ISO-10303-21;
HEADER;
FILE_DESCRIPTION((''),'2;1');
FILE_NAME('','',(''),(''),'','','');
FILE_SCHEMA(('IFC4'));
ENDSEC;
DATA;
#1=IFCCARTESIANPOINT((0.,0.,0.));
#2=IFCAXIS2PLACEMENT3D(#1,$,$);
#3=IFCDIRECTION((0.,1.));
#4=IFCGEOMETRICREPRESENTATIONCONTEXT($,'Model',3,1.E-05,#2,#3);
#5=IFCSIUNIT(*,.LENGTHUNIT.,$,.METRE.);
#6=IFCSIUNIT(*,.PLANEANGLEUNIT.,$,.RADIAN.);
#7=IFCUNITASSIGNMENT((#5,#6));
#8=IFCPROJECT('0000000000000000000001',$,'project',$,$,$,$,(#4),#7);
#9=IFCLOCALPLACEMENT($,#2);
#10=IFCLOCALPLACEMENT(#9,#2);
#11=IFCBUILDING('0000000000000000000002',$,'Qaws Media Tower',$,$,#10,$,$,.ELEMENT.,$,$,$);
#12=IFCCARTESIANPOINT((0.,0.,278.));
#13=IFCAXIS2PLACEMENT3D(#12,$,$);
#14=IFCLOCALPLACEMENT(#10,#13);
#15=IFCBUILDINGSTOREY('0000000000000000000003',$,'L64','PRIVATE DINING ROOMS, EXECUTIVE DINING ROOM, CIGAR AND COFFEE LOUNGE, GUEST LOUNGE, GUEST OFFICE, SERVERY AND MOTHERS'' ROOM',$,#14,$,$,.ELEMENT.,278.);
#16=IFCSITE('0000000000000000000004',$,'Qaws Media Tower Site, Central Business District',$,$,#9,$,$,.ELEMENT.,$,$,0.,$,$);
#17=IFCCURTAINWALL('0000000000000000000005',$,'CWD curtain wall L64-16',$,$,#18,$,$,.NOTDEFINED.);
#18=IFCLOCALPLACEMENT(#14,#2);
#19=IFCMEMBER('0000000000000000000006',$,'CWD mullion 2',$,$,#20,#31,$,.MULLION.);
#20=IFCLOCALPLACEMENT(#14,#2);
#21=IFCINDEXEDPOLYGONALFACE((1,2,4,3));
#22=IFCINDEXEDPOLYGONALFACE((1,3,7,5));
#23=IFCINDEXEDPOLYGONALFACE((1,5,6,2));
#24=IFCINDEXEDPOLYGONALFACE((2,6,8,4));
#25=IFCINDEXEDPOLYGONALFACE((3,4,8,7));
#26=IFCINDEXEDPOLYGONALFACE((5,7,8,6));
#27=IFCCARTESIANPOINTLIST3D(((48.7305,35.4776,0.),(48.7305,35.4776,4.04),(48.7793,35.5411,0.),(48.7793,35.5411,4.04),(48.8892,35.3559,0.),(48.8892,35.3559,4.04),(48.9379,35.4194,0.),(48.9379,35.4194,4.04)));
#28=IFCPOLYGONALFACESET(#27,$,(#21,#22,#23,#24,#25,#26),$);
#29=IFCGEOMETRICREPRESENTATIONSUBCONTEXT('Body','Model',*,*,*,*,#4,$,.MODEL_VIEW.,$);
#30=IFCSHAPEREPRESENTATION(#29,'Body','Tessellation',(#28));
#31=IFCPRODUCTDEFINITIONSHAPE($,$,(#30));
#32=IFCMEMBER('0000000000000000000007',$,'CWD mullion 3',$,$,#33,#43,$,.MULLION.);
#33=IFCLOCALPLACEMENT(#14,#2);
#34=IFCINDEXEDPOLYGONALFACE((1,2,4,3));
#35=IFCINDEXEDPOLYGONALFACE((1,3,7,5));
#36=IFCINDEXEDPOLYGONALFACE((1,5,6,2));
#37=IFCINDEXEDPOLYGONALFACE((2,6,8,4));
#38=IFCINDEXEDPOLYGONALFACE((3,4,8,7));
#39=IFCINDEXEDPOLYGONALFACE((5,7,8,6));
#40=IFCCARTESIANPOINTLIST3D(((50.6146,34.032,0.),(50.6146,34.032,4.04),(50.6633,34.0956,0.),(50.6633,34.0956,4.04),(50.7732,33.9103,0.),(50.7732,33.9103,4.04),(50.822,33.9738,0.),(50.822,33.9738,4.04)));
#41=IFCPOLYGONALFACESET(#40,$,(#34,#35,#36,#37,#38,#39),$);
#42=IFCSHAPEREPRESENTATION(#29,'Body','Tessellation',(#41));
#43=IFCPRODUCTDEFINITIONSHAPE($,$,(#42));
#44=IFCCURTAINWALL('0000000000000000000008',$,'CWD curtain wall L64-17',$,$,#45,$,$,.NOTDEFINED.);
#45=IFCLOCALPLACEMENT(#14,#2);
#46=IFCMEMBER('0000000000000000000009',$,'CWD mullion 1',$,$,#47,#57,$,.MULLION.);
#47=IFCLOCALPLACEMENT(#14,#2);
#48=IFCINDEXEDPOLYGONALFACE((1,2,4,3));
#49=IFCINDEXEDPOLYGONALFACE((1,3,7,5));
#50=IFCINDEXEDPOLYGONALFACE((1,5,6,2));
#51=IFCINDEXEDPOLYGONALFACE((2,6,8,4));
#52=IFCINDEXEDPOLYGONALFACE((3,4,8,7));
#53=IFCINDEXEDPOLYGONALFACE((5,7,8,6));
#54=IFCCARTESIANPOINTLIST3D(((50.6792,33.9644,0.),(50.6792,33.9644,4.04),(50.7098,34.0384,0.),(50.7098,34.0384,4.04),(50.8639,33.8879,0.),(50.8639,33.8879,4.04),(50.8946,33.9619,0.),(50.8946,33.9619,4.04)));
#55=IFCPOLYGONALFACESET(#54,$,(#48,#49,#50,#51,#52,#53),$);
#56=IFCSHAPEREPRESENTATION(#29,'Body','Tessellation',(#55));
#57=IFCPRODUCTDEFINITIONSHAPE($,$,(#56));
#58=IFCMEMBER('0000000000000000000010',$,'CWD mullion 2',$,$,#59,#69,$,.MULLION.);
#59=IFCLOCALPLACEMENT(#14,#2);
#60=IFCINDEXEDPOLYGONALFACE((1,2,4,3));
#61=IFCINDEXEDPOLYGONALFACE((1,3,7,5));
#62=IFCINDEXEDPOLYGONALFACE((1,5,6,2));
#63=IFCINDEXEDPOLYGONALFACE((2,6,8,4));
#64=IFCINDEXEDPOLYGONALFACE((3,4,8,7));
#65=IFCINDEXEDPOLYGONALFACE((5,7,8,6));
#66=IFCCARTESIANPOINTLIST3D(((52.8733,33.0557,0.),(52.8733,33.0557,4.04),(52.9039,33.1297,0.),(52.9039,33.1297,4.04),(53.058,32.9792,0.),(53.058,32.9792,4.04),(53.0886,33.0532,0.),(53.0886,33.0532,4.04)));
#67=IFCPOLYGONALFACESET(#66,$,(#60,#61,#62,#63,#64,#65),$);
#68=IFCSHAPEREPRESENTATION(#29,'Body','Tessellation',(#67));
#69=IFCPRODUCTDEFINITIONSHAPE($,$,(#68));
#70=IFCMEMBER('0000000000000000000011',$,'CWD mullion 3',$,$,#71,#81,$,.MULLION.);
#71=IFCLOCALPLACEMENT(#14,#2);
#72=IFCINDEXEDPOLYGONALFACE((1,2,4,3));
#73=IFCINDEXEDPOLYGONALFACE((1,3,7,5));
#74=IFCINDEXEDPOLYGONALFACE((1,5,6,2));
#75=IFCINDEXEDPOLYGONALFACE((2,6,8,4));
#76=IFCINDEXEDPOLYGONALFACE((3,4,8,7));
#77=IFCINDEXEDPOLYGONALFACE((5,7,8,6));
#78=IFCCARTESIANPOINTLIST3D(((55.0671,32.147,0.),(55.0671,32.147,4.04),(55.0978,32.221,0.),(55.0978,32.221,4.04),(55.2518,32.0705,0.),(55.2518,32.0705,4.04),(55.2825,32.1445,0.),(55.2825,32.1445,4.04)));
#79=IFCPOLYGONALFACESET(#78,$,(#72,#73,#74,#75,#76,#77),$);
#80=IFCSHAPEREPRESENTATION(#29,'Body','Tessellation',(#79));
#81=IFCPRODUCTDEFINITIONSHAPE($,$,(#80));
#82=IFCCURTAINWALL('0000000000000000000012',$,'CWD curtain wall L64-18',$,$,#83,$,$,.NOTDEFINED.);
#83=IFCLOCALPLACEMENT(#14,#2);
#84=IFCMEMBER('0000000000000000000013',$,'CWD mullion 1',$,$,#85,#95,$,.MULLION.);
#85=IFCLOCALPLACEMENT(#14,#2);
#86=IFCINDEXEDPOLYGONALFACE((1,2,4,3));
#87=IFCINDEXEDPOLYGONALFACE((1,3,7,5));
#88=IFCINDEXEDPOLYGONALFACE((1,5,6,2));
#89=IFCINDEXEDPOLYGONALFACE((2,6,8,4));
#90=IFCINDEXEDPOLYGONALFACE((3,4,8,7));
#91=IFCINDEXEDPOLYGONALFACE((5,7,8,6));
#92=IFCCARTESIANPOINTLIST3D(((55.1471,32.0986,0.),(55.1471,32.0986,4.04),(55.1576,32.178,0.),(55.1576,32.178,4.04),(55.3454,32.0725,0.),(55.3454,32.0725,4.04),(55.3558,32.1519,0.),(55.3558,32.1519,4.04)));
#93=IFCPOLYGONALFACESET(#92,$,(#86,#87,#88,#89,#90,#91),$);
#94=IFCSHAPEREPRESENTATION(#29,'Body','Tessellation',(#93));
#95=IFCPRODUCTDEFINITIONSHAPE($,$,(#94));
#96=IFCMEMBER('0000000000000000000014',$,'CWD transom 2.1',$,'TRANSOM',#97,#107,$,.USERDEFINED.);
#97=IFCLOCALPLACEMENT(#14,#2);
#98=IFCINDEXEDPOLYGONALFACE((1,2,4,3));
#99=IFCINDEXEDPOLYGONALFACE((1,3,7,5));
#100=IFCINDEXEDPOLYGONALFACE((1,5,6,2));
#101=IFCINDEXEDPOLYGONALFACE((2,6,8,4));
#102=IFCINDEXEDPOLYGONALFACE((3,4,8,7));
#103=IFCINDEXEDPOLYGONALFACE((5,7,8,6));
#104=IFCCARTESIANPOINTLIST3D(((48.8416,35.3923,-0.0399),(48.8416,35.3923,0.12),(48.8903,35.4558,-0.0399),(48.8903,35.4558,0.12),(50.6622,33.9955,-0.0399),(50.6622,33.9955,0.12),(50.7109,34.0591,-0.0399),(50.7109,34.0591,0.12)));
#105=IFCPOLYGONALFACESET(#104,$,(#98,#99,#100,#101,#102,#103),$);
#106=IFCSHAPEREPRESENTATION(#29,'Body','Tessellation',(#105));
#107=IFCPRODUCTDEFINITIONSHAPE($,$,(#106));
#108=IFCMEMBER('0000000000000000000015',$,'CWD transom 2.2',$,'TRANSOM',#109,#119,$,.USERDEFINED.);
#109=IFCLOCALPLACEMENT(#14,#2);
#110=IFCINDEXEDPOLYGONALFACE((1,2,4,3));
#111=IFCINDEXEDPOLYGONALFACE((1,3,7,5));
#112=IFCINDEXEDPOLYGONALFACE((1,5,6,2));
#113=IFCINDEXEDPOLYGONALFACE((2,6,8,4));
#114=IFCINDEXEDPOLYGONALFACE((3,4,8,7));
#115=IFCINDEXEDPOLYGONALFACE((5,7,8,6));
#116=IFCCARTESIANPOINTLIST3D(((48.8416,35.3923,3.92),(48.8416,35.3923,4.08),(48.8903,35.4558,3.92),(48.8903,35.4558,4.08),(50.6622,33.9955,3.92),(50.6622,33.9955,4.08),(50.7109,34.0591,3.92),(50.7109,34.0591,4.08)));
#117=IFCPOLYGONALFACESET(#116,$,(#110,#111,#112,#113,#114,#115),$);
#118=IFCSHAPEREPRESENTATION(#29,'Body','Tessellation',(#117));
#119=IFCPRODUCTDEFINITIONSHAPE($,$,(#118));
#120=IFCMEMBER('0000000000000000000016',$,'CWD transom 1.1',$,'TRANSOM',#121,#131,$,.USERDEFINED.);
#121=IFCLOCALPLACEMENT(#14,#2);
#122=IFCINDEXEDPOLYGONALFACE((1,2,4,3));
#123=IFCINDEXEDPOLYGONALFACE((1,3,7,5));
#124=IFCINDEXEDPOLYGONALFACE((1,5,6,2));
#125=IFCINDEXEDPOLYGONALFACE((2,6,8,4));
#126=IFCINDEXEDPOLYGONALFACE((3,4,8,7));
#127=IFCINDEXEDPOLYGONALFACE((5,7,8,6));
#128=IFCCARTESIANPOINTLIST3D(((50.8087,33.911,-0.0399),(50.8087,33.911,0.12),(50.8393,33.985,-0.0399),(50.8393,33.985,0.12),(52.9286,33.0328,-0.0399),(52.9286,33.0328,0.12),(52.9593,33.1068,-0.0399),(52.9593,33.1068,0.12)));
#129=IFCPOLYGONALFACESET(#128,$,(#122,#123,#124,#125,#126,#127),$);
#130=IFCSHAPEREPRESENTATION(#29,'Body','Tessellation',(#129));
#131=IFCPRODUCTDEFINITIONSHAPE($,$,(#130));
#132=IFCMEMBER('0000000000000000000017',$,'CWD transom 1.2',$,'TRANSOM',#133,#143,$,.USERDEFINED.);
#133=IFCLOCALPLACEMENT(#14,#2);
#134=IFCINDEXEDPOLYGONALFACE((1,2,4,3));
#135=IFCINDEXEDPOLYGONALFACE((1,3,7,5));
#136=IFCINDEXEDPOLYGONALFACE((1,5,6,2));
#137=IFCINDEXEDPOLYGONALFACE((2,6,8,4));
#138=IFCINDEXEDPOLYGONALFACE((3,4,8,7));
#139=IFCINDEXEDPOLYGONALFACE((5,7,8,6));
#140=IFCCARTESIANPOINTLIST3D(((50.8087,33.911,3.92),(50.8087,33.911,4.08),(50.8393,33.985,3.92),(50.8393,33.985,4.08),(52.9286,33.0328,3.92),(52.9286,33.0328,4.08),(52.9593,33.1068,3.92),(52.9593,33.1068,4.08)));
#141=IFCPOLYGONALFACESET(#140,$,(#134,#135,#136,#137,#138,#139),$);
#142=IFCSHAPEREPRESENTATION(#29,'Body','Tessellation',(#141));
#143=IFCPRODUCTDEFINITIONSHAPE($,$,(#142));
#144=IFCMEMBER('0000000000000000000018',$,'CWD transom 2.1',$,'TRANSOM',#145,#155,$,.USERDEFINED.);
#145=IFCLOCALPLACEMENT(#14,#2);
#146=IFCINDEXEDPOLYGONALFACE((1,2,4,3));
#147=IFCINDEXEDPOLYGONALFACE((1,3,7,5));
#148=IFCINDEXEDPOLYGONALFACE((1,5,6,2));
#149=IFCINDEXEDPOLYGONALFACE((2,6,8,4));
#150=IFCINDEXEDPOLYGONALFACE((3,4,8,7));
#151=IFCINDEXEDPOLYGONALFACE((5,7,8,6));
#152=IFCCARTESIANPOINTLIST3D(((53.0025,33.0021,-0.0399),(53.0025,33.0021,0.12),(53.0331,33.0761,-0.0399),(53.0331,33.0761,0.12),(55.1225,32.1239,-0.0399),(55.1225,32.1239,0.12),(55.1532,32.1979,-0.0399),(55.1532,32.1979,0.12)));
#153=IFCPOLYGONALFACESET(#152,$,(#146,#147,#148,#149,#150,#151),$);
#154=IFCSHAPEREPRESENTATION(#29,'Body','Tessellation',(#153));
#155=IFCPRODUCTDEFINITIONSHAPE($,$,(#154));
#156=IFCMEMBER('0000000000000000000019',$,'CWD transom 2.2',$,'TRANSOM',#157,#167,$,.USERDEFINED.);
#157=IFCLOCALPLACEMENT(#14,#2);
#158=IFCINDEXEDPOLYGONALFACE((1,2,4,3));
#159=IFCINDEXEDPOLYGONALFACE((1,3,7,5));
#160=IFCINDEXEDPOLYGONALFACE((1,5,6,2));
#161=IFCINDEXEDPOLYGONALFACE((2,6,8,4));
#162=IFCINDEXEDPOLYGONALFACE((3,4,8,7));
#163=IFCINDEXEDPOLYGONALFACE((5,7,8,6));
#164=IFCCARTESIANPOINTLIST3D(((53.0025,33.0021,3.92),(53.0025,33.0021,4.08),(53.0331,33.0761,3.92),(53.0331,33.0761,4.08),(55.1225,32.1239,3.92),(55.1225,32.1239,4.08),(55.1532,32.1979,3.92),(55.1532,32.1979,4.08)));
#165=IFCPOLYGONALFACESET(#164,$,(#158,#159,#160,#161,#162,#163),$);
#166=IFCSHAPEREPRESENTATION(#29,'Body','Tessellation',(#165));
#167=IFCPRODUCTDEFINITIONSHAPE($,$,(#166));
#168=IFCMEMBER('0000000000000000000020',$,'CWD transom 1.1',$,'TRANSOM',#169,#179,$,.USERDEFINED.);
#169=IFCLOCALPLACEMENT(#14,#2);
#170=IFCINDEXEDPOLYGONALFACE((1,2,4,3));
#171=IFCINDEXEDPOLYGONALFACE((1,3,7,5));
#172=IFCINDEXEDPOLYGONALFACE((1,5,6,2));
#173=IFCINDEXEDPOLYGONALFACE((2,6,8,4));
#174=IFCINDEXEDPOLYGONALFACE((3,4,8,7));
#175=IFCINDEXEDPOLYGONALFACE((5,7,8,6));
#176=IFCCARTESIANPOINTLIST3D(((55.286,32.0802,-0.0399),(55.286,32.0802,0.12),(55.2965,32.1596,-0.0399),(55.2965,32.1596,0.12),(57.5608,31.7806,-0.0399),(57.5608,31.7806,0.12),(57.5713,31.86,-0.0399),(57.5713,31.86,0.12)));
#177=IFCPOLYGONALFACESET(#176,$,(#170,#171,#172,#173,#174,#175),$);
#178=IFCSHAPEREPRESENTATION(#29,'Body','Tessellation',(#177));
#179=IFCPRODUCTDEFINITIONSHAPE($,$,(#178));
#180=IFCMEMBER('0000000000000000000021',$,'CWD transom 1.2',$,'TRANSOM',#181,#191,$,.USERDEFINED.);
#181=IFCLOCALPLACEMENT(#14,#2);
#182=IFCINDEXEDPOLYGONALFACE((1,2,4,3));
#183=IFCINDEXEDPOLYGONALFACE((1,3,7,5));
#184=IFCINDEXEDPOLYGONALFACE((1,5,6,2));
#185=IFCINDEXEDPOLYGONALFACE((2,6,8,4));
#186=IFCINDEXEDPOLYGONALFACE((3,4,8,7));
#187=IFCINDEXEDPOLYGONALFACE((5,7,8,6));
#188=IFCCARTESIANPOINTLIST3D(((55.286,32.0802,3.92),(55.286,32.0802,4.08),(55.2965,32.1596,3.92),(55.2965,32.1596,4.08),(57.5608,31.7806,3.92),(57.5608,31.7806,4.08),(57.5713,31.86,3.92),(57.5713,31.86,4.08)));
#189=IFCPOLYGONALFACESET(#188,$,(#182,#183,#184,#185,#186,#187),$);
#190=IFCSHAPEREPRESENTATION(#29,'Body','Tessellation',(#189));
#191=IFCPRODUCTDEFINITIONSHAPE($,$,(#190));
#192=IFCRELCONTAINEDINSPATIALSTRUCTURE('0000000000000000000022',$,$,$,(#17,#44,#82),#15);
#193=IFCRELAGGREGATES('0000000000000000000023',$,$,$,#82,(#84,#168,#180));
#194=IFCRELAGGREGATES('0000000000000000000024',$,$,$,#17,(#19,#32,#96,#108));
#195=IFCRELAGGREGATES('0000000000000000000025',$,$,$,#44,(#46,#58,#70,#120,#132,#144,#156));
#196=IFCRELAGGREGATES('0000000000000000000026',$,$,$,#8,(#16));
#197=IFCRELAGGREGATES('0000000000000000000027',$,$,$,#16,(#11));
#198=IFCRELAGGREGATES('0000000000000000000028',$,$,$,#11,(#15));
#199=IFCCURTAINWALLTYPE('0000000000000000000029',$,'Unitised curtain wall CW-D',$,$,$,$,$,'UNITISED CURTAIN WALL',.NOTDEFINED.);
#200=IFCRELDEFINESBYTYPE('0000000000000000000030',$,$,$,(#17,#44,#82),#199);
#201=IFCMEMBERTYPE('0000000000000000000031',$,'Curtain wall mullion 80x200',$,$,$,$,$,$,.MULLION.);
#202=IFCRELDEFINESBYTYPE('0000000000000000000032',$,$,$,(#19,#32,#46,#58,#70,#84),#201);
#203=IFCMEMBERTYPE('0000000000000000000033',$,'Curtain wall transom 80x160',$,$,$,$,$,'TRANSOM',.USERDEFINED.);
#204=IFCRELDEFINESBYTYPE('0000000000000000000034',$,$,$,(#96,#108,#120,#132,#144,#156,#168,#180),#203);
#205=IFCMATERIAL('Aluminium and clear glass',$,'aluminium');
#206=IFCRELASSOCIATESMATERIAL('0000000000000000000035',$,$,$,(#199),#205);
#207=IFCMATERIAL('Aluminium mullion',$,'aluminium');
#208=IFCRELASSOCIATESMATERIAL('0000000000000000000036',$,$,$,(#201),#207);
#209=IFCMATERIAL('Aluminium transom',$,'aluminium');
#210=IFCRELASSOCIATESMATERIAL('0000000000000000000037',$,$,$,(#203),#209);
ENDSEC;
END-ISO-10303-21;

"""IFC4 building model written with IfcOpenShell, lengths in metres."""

from ifc_helpers import new_model, si_unit, direction, frame, origin, origin_2d, place, context, subcontext, project, spatial, rectangle, extrude, material, material_profile, profile_set, type_object, element, aggregate, save


model = new_model("IFC4")

# Units and contexts
model_context = context("Model", 3, precision=1e-05, world=origin(), true_north=direction((0.0, 1.0)))
body_context = subcontext(model_context, "Body", "Model", "MODEL_VIEW")
ifc_project = project(units=[si_unit("LENGTHUNIT", "METRE"), si_unit("PLANEANGLEUNIT", "RADIAN")], contexts=[model_context])

# Site, building, storey
site_placement = place(None, origin())
site = spatial("IfcSite", under=ifc_project, at=site_placement, Name="Qaws Media Tower Site, Central Business District", CompositionType="ELEMENT", RefElevation=0.0)
building_placement = place(site_placement, origin())
building = spatial("IfcBuilding", under=site, at=building_placement, Name="Qaws Media Tower", CompositionType="ELEMENT")
storey_placement = place(building_placement, frame((0.0, 0.0, 278.0)))
storey = spatial("IfcBuildingStorey", under=building, at=storey_placement, Name="L64", Description="PRIVATE DINING ROOMS, EXECUTIVE DINING ROOM, CIGAR AND COFFEE LOUNGE, GUEST LOUNGE, GUEST OFFICE, SERVERY AND MOTHERS' ROOM", CompositionType="ELEMENT", Elevation=278.0)

# Curtain walls, members
ifc_material_1 = material(Name="Aluminium and clear glass", Category="aluminium")
curtain_wall_type = type_object("IfcCurtainWallType", Name="Unitised curtain wall CW-D", ElementType="UNITISED CURTAIN WALL", PredefinedType="NOTDEFINED", material=ifc_material_1)
curtain_wall_1_placement = place(storey_placement, origin())
curtain_wall_1 = element("IfcCurtainWall", 1, at=curtain_wall_1_placement, inside=storey, type_object=curtain_wall_type, Name="CWD curtain wall L64-16", PredefinedType="NOTDEFINED")
ifc_material_2 = material(Name="Aluminium mullion", Category="aluminium")
ifc_material_profile_1 = material_profile(ifc_material_2, rectangle(XDim=0.0801, YDim=0.2, at=origin_2d()), Name="80x200")
ifc_profile_set_1 = profile_set([ifc_material_profile_1], Name="Aluminium mullion")
member_type_1 = type_object("IfcMemberType", Name="Curtain wall mullion 80x200", PredefinedType="MULLION", material=ifc_profile_set_1)
member_1_placement = place(storey_placement, frame((48.8342, 35.4485, 0.0), z_axis=(0.0, 0.0, 1.0), x_axis=(0.608762, 0.793353, 0.0)))
member_1 = element("IfcMember", 2, at=member_1_placement, type_object=member_type_1, Name="CWD mullion 2", PredefinedType="MULLION", context=body_context, shape_type="SweptSolid", body=[
    extrude(rectangle(XDim=0.0801, YDim=0.2, at=origin_2d()), origin(), (0.0, 0.0, 1.0), 4.04),
])
member_2_placement = place(storey_placement, frame((50.7183, 34.0029, 0.0), z_axis=(0.0, 0.0, 1.0), x_axis=(0.608762, 0.793353, 0.0)))
member_2 = element("IfcMember", 3, at=member_2_placement, type_object=member_type_1, Name="CWD mullion 3", PredefinedType="MULLION", context=body_context, shape_type="SweptSolid", body=[
    extrude(rectangle(XDim=0.0801, YDim=0.2, at=origin_2d()), origin(), (0.0, 0.0, 1.0), 4.04),
])
curtain_wall_2_placement = place(storey_placement, origin())
curtain_wall_2 = element("IfcCurtainWall", 4, at=curtain_wall_2_placement, inside=storey, type_object=curtain_wall_type, Name="CWD curtain wall L64-17", PredefinedType="NOTDEFINED")
member_3_placement = place(storey_placement, frame((50.7869, 33.9631, 0.0), z_axis=(0.0, 0.0, 1.0), x_axis=(0.382683, 0.92388, 0.0)))
member_3 = element("IfcMember", 5, at=member_3_placement, type_object=member_type_1, Name="CWD mullion 1", PredefinedType="MULLION", context=body_context, shape_type="SweptSolid", body=[
    extrude(rectangle(XDim=0.0801, YDim=0.2, at=origin_2d()), origin(), (0.0, 0.0, 1.0), 4.04),
])
member_4_placement = place(storey_placement, frame((52.981, 33.0544, 0.0), z_axis=(0.0, 0.0, 1.0), x_axis=(0.382683, 0.92388, 0.0)))
member_4 = element("IfcMember", 6, at=member_4_placement, type_object=member_type_1, Name="CWD mullion 2", PredefinedType="MULLION", context=body_context, shape_type="SweptSolid", body=[
    extrude(rectangle(XDim=0.0801, YDim=0.2, at=origin_2d()), origin(), (0.0, 0.0, 1.0), 4.04),
])
member_5_placement = place(storey_placement, frame((55.1748, 32.1458, 0.0), z_axis=(0.0, 0.0, 1.0), x_axis=(0.382683, 0.92388, 0.0)))
member_5 = element("IfcMember", 7, at=member_5_placement, type_object=member_type_1, Name="CWD mullion 3", PredefinedType="MULLION", context=body_context, shape_type="SweptSolid", body=[
    extrude(rectangle(XDim=0.0801, YDim=0.2, at=origin_2d()), origin(), (0.0, 0.0, 1.0), 4.04),
])

# Curtain wall, member
curtain_wall_3_placement = place(storey_placement, origin())
curtain_wall_3 = element("IfcCurtainWall", 8, at=curtain_wall_3_placement, inside=storey, type_object=curtain_wall_type, Name="CWD curtain wall L64-18", PredefinedType="NOTDEFINED")
member_6_placement = place(storey_placement, frame((55.2515, 32.1252, 0.0), z_axis=(0.0, 0.0, 1.0), x_axis=(0.130526, 0.991445, 0.0)))
member_6 = element("IfcMember", 9, at=member_6_placement, type_object=member_type_1, Name="CWD mullion 1", PredefinedType="MULLION", context=body_context, shape_type="SweptSolid", body=[
    extrude(rectangle(XDim=0.0801, YDim=0.2, at=origin_2d()), origin(), (0.0, 0.0, 1.0), 4.04),
])

# Members
ifc_material_3 = material(Name="Aluminium transom", Category="aluminium")
ifc_material_profile_2 = material_profile(ifc_material_3, rectangle(XDim=0.0801, YDim=0.1599, at=origin_2d()), Name="80x160")
ifc_profile_set_2 = profile_set([ifc_material_profile_2], Name="Aluminium transom")
member_type_2 = type_object("IfcMemberType", Name="Curtain wall transom 80x160", ElementType="TRANSOM", PredefinedType="USERDEFINED", material=ifc_profile_set_2)
member_7_placement = place(storey_placement, frame((48.866, 35.4241, 0.04), z_axis=(0.793403, -0.608697, 0.0), x_axis=(0.608697, 0.793403, 0.0)))
member_7 = element("IfcMember", 10, at=member_7_placement, type_object=member_type_2, Name="CWD transom 2.1", ObjectType="TRANSOM", PredefinedType="USERDEFINED", context=body_context, shape_type="SweptSolid", body=[
    extrude(rectangle(XDim=0.0801, YDim=0.1599, at=origin_2d()), origin(), (0.0, 0.0, 1.0), 2.2947),
])
member_8_placement = place(storey_placement, frame((48.866, 35.4241, 4.0), z_axis=(0.793403, -0.608697, 0.0), x_axis=(0.608697, 0.793403, 0.0)))
member_8 = element("IfcMember", 11, at=member_8_placement, type_object=member_type_2, Name="CWD transom 2.2", ObjectType="TRANSOM", PredefinedType="USERDEFINED", context=body_context, shape_type="SweptSolid", body=[
    extrude(rectangle(XDim=0.0801, YDim=0.1599, at=origin_2d()), origin(), (0.0, 0.0, 1.0), 2.2947),
])
member_9_placement = place(storey_placement, frame((50.824, 33.948, 0.04), z_axis=(0.923865, -0.382718, 0.0), x_axis=(0.382718, 0.923865, 0.0)))
member_9 = element("IfcMember", 12, at=member_9_placement, type_object=member_type_2, Name="CWD transom 1.1", ObjectType="TRANSOM", PredefinedType="USERDEFINED", context=body_context, shape_type="SweptSolid", body=[
    extrude(rectangle(XDim=0.0801, YDim=0.1599, at=origin_2d()), origin(), (0.0, 0.0, 1.0), 2.2947),
])
member_10_placement = place(storey_placement, frame((50.824, 33.948, 4.0), z_axis=(0.923865, -0.382718, 0.0), x_axis=(0.382718, 0.923865, 0.0)))
member_10 = element("IfcMember", 13, at=member_10_placement, type_object=member_type_2, Name="CWD transom 1.2", ObjectType="TRANSOM", PredefinedType="USERDEFINED", context=body_context, shape_type="SweptSolid", body=[
    extrude(rectangle(XDim=0.0801, YDim=0.1599, at=origin_2d()), origin(), (0.0, 0.0, 1.0), 2.2947),
])
member_11_placement = place(storey_placement, frame((53.0178, 33.0391, 0.04), z_axis=(0.923881, -0.382681, 0.0), x_axis=(0.382681, 0.923881, 0.0)))
member_11 = element("IfcMember", 14, at=member_11_placement, type_object=member_type_2, Name="CWD transom 2.1", ObjectType="TRANSOM", PredefinedType="USERDEFINED", context=body_context, shape_type="SweptSolid", body=[
    extrude(rectangle(XDim=0.0801, YDim=0.1599, at=origin_2d()), origin(), (0.0, 0.0, 1.0), 2.2947),
])
member_12_placement = place(storey_placement, frame((53.0178, 33.0391, 4.0), z_axis=(0.923881, -0.382681, 0.0), x_axis=(0.382681, 0.923881, 0.0)))
member_12 = element("IfcMember", 15, at=member_12_placement, type_object=member_type_2, Name="CWD transom 2.2", ObjectType="TRANSOM", PredefinedType="USERDEFINED", context=body_context, shape_type="SweptSolid", body=[
    extrude(rectangle(XDim=0.0801, YDim=0.1599, at=origin_2d()), origin(), (0.0, 0.0, 1.0), 2.2947),
])
member_13_placement = place(storey_placement, frame((55.2913, 32.1199, 0.04), z_axis=(0.991441, -0.130554, 0.0), x_axis=(0.130554, 0.991441, 0.0)))
member_13 = element("IfcMember", 16, at=member_13_placement, type_object=member_type_2, Name="CWD transom 1.1", ObjectType="TRANSOM", PredefinedType="USERDEFINED", context=body_context, shape_type="SweptSolid", body=[
    extrude(rectangle(XDim=0.0801, YDim=0.1599, at=origin_2d()), origin(), (0.0, 0.0, 1.0), 2.2944),
])
member_14_placement = place(storey_placement, frame((55.2913, 32.1199, 4.0), z_axis=(0.991441, -0.130554, 0.0), x_axis=(0.130554, 0.991441, 0.0)))
member_14 = element("IfcMember", 17, at=member_14_placement, type_object=member_type_2, Name="CWD transom 1.2", ObjectType="TRANSOM", PredefinedType="USERDEFINED", context=body_context, shape_type="SweptSolid", body=[
    extrude(rectangle(XDim=0.0801, YDim=0.1599, at=origin_2d()), origin(), (0.0, 0.0, 1.0), 2.2944),
])
aggregate(curtain_wall_3, [member_6, member_13, member_14])

aggregate(curtain_wall_1, [member_1, member_2, member_7, member_8])
aggregate(curtain_wall_2, [member_3, member_4, member_5, member_9, member_10, member_11, member_12])

save(model, "model.ifc")
